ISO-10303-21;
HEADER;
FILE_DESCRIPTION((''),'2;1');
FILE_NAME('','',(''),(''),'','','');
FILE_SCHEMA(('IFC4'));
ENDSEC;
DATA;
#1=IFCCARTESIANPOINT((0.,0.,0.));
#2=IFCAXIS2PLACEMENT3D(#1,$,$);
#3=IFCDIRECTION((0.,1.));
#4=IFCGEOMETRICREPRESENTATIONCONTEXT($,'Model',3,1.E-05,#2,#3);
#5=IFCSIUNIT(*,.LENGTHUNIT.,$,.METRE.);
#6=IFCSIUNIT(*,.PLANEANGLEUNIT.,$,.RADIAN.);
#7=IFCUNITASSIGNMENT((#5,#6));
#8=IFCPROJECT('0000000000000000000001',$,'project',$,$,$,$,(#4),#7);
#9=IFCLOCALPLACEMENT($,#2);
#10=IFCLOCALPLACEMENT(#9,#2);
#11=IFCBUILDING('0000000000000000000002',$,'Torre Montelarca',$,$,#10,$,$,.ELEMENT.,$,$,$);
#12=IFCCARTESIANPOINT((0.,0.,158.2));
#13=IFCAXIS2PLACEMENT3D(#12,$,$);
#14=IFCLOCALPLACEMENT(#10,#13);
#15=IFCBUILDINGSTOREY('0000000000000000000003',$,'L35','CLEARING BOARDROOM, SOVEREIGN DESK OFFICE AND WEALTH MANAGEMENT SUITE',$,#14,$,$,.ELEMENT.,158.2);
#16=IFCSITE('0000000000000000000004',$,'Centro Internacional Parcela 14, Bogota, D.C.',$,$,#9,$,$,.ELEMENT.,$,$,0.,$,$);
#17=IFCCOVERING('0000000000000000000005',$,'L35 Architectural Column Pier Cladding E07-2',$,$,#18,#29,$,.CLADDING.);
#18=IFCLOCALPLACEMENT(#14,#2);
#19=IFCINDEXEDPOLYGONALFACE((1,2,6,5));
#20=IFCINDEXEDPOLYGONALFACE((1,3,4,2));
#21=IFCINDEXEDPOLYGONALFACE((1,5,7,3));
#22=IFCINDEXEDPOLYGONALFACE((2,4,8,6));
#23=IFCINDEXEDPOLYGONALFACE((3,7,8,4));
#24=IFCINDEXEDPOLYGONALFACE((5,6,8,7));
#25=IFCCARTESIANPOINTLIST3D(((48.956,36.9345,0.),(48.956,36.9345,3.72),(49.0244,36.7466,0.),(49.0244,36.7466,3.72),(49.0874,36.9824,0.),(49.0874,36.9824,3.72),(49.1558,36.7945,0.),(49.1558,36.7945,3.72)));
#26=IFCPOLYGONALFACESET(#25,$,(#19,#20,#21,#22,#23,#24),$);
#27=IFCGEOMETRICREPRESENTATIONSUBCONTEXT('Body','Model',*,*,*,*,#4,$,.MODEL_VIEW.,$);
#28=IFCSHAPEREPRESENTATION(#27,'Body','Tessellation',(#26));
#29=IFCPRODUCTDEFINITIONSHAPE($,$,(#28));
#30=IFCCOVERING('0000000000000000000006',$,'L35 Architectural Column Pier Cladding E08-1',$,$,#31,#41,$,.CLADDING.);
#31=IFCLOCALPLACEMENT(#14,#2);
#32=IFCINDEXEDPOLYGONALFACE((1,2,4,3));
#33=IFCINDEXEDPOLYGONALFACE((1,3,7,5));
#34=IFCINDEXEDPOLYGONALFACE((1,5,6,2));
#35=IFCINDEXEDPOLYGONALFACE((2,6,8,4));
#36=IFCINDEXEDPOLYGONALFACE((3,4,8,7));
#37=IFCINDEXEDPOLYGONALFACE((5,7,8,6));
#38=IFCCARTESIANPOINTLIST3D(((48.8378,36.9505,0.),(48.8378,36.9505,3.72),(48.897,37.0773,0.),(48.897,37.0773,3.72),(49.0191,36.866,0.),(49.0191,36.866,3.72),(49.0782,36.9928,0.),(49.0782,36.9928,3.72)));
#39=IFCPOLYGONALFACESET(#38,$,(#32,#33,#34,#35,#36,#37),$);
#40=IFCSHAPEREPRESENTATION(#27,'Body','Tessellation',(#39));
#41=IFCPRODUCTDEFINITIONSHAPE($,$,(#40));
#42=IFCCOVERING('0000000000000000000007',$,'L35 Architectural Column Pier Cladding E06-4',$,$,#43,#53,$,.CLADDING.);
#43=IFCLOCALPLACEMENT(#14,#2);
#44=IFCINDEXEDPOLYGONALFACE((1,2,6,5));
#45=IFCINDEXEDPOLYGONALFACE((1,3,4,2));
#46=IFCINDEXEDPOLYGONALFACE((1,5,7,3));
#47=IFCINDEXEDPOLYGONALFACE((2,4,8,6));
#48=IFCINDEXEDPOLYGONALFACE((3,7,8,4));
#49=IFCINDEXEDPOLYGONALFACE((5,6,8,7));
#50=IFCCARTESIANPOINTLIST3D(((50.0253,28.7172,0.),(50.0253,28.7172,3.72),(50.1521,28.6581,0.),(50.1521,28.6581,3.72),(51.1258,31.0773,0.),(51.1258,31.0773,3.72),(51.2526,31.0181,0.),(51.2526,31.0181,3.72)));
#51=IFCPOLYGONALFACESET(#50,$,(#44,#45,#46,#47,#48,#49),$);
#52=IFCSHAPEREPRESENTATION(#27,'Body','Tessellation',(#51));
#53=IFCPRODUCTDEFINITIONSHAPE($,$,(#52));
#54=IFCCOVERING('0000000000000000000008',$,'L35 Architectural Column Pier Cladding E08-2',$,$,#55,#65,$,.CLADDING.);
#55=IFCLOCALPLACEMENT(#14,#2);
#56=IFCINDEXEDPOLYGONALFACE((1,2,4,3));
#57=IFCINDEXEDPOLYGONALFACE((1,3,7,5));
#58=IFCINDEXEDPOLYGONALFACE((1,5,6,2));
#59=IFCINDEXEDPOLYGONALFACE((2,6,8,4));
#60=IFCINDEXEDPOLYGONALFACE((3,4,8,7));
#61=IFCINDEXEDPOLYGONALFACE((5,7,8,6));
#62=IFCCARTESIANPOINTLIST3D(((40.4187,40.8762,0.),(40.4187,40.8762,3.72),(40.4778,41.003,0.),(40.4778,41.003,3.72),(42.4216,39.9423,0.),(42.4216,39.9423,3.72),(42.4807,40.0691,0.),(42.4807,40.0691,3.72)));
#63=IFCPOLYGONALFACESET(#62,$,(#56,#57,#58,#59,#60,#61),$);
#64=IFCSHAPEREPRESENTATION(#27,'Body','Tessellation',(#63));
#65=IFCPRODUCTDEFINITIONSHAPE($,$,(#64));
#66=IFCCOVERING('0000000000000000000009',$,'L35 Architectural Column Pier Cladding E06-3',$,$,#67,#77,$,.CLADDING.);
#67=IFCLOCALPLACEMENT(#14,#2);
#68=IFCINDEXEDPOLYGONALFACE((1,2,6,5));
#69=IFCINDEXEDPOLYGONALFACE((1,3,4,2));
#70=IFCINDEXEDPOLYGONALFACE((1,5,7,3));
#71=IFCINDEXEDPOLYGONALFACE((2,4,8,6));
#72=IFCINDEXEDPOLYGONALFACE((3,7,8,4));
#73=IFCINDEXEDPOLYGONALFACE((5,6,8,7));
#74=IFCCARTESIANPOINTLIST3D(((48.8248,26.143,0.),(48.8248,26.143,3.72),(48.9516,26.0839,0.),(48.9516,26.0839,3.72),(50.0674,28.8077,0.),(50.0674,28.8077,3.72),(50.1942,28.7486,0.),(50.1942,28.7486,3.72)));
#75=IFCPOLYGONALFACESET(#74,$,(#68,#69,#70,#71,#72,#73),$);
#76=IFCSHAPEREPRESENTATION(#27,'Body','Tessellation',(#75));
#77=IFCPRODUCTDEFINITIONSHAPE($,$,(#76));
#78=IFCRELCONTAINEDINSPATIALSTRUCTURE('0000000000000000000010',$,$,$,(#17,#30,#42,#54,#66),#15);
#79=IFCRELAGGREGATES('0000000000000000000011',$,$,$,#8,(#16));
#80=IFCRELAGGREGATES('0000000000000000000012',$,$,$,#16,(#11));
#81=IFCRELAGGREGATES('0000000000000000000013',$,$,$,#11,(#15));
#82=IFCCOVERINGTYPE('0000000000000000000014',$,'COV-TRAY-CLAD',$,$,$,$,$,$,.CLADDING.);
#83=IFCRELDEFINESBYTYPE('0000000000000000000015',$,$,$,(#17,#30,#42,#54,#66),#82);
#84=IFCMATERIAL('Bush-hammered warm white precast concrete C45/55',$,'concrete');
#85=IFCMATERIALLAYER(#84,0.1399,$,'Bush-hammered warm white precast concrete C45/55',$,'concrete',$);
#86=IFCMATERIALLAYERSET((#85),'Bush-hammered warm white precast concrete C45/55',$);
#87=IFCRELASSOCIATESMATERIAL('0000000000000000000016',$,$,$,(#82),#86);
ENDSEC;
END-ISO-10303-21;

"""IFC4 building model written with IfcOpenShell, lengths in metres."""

from ifc_helpers import new_model, si_unit, direction, frame, origin, origin_2d, place, context, subcontext, project, spatial, rectangle, extrude, source, transform, mapped, material, layer, layer_set, type_object, element, save


model = new_model("IFC4")

# Units and contexts
model_context = context("Model", 3, precision=1e-05, world=origin(), true_north=direction((0.0, 1.0)))
body_context = subcontext(model_context, "Body", "Model", "MODEL_VIEW")
ifc_project = project(units=[si_unit("LENGTHUNIT", "METRE"), si_unit("PLANEANGLEUNIT", "RADIAN")], contexts=[model_context])

# Site, building, storey
site_placement = place(None, origin())
site = spatial("IfcSite", under=ifc_project, at=site_placement, Name="Centro Internacional Parcela 14, Bogota, D.C.", CompositionType="ELEMENT", RefElevation=0.0)
building_placement = place(site_placement, origin())
building = spatial("IfcBuilding", under=site, at=building_placement, Name="Torre Montelarca", CompositionType="ELEMENT")
storey_placement = place(building_placement, frame((0.0, 0.0, 158.2)))
storey = spatial("IfcBuildingStorey", under=building, at=storey_placement, Name="L35", Description="CLEARING BOARDROOM, SOVEREIGN DESK OFFICE AND WEALTH MANAGEMENT SUITE", CompositionType="ELEMENT", Elevation=158.2)

# Coverings
ifc_material_1 = material(Name="Bush-hammered warm white precast concrete C45/55", Category="concrete")
ifc_layer_1 = layer(ifc_material_1, 0.1399, Name="Bush-hammered warm white precast concrete C45/55", Category="concrete")
ifc_layer_set_1 = layer_set([ifc_layer_1], Name="Bush-hammered warm white precast concrete C45/55")
covering_type = type_object("IfcCoveringType", Name="COV-TRAY-CLAD", PredefinedType="CLADDING", material=ifc_layer_set_1)
shared_shape_1 = source(origin(), body_context, "Body", "SweptSolid", [
    extrude(rectangle(XDim=0.2, YDim=0.1399, at=origin_2d()), origin(), (0.0, 0.0, 1.0), 3.72),
])
for number, where, z_axis, x_axis, name in (
    (1, (49.0559, 36.8645, 0.0), (0.0, 0.0, 1.0), (-0.342017, 0.939694, 0.0), "L35 Architectural Column Pier Cladding E07-2"),
    (2, (48.958, 36.9717, 0.0), (0.0, 0.0, 1.0), (-0.906308, 0.422618, 0.0), "L35 Architectural Column Pier Cladding E08-1"),
):
    element("IfcCovering", number, at=place(storey_placement, frame(where, z_axis=z_axis, x_axis=x_axis)), inside=storey, type_object=covering_type, Name=name, PredefinedType="CLADDING", context=body_context, shape_type="MappedRepresentation", body=[
        mapped(shared_shape_1, transform((0.0, 0.0, 0.0), scale=1.0)),
    ])
shared_shape_2 = source(origin(), body_context, "Body", "SweptSolid", [
    extrude(rectangle(XDim=2.604, YDim=0.1399, at=origin_2d()), origin(), (0.0, 0.0, 1.0), 3.72),
])
covering_1_placement = place(storey_placement, frame((50.6389, 29.8677, 0.0), z_axis=(0.0, 0.0, 1.0), x_axis=(0.422617, 0.906309, 0.0)))
element("IfcCovering", 3, at=covering_1_placement, inside=storey, type_object=covering_type, Name="L35 Architectural Column Pier Cladding E06-4", PredefinedType="CLADDING", context=body_context, shape_type="MappedRepresentation", body=[
    mapped(shared_shape_2, transform((0.0, 0.0, 0.0), scale=1.0)),
])
shared_shape_3 = source(origin(), body_context, "Body", "SweptSolid", [
    extrude(rectangle(XDim=2.21, YDim=0.1399, at=origin_2d()), origin(), (0.0, 0.0, 1.0), 3.72),
])
covering_2_placement = place(storey_placement, frame((41.4497, 40.4727, 0.0), z_axis=(0.0, 0.0, 1.0), x_axis=(-0.906308, 0.422618, 0.0)))
element("IfcCovering", 4, at=covering_2_placement, inside=storey, type_object=covering_type, Name="L35 Architectural Column Pier Cladding E08-2", PredefinedType="CLADDING", context=body_context, shape_type="MappedRepresentation", body=[
    mapped(shared_shape_3, transform((0.0, 0.0, 0.0), scale=1.0)),
])
shared_shape_4 = source(origin(), body_context, "Body", "SweptSolid", [
    extrude(rectangle(XDim=2.9402, YDim=0.1399, at=origin_2d()), origin(), (0.0, 0.0, 1.0), 3.72),
])
covering_3_placement = place(storey_placement, frame((49.5095, 27.4458, 0.0), z_axis=(0.0, 0.0, 1.0), x_axis=(0.422617, 0.906309, 0.0)))
element("IfcCovering", 5, at=covering_3_placement, inside=storey, type_object=covering_type, Name="L35 Architectural Column Pier Cladding E06-3", PredefinedType="CLADDING", context=body_context, shape_type="MappedRepresentation", body=[
    mapped(shared_shape_4, transform((0.0, 0.0, 0.0), scale=1.0)),
])

save(model, "model.ifc")
